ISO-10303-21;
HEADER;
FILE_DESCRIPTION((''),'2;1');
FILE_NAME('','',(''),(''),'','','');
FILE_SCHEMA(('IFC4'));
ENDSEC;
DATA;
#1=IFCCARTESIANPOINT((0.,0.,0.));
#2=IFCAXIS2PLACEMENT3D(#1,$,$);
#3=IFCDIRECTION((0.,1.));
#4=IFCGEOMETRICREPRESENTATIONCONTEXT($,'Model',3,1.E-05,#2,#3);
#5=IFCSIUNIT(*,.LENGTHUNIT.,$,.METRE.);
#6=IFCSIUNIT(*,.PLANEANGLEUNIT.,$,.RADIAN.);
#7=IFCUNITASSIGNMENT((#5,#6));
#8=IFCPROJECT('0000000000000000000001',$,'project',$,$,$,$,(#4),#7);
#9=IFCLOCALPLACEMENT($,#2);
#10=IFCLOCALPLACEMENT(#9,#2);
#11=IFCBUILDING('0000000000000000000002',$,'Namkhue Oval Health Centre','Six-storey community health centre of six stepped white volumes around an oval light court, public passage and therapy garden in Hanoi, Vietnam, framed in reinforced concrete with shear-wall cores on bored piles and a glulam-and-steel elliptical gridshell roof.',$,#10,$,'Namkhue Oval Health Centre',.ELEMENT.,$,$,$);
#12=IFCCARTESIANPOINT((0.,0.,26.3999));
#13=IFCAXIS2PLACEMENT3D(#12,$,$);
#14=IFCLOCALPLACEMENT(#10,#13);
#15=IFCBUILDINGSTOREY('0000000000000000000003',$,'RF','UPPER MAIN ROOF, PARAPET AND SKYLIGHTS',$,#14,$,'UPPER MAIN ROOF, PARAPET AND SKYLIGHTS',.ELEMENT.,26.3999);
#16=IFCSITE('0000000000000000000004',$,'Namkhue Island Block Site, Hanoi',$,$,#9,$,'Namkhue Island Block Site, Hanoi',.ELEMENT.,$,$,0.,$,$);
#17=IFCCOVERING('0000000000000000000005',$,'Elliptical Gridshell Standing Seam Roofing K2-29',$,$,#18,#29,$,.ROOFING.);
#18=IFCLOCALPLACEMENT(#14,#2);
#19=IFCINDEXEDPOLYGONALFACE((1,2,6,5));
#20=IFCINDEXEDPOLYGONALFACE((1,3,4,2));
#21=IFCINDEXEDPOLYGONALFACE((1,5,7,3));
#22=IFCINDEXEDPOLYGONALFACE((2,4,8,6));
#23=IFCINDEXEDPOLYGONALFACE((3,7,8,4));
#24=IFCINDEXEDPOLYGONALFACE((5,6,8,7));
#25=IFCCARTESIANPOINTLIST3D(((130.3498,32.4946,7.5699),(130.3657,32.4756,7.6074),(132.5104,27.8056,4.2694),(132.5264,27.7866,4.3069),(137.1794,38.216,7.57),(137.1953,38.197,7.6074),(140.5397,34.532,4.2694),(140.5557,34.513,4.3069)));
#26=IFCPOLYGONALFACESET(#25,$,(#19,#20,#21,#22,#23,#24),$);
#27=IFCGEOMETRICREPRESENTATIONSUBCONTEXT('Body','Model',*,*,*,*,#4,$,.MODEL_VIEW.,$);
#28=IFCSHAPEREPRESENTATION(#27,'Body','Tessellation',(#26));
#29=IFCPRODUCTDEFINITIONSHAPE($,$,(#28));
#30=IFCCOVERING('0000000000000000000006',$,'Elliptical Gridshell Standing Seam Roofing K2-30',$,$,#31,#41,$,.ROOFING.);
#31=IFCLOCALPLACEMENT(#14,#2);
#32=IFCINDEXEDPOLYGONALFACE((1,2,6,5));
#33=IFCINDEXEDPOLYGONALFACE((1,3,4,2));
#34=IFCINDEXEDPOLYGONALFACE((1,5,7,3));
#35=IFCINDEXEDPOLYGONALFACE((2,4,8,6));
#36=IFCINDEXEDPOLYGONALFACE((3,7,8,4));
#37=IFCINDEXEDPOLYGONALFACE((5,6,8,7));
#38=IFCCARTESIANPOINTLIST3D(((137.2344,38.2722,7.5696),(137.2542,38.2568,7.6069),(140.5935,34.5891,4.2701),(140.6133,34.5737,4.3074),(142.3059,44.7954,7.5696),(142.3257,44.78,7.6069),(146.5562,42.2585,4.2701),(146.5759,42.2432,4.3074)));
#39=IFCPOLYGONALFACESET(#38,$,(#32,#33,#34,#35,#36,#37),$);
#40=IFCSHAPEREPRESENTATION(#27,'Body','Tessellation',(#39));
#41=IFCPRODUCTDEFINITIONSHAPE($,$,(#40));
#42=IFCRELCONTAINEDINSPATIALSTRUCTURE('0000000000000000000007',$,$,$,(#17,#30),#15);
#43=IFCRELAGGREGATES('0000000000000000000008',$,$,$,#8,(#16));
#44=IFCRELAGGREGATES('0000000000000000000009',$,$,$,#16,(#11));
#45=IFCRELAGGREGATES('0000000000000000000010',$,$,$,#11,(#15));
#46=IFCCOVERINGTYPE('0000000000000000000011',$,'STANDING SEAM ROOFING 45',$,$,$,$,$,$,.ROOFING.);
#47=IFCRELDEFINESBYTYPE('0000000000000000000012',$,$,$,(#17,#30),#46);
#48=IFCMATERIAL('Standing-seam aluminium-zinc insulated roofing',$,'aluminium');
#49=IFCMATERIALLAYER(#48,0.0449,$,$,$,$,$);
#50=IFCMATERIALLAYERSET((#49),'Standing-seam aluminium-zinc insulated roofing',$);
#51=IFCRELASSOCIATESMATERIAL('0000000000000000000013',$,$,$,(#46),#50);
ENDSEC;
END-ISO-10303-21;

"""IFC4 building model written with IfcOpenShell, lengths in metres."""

from ifc_helpers import new_model, si_unit, direction, frame, origin, place, context, subcontext, project, spatial, polyline, outline, extrude, material, layer, layer_set, type_object, element, save


model = new_model("IFC4")

# Units and contexts
model_context = context("Model", 3, precision=1e-05, world=origin(), true_north=direction((0.0, 1.0)))
body_context = subcontext(model_context, "Body", "Model", "MODEL_VIEW")
ifc_project = project(units=[si_unit("LENGTHUNIT", "METRE"), si_unit("PLANEANGLEUNIT", "RADIAN")], contexts=[model_context])

# Site, building, storey
site_placement = place(None, origin())
site = spatial("IfcSite", under=ifc_project, at=site_placement, Name="Namkhue Island Block Site, Hanoi", LongName="Namkhue Island Block Site, Hanoi", CompositionType="ELEMENT", RefElevation=0.0)
building_placement = place(site_placement, origin())
building = spatial("IfcBuilding", under=site, at=building_placement, Name="Namkhue Oval Health Centre", Description="Six-storey community health centre of six stepped white volumes around an oval light court, public passage and therapy garden in Hanoi, Vietnam, framed in reinforced concrete with shear-wall cores on bored piles and a glulam-and-steel elliptical gridshell roof.", LongName="Namkhue Oval Health Centre", CompositionType="ELEMENT")
storey_placement = place(building_placement, frame((0.0, 0.0, 26.3999)))
storey = spatial("IfcBuildingStorey", under=building, at=storey_placement, Name="RF", Description="UPPER MAIN ROOF, PARAPET AND SKYLIGHTS", LongName="UPPER MAIN ROOF, PARAPET AND SKYLIGHTS", CompositionType="ELEMENT", Elevation=26.3999)

# Coverings
ifc_material_1 = material(Name="Standing-seam aluminium-zinc insulated roofing", Category="aluminium")
ifc_layer_1 = layer(ifc_material_1, 0.0449)
ifc_layer_set_1 = layer_set([ifc_layer_1], Name="Standing-seam aluminium-zinc insulated roofing")
covering_type_1 = type_object("IfcCoveringType", Name="STANDING SEAM ROOFING 45", PredefinedType="ROOFING", material=ifc_layer_set_1)
covering_1_placement = place(storey_placement, frame((132.5264, 27.7866, 4.3069), z_axis=(0.354667, -0.423366, 0.83365), x_axis=(0.766563, 0.642169, -0.000003)))
element("IfcCovering", 1, at=covering_1_placement, inside=storey, type_object=covering_type_1, Name="Elliptical Gridshell Standing Seam Roofing K2-29", PredefinedType="ROOFING", context=body_context, shape_type="SweptSolid", body=[
    extrude(outline(polyline([(0.0, 0.0), (10.4744, 0.0), (10.2643, 5.9761), (1.3548, 5.976), (0.0, 0.0)])), origin(), (0.0, 0.0, -1.0), 0.0449),
])
covering_2_placement = place(storey_placement, frame((140.6133, 34.5737, 4.3074), z_axis=(0.440184, -0.342224, 0.830133), x_axis=(0.613783, 0.789475, 0.000001)))
element("IfcCovering", 2, at=covering_2_placement, inside=storey, type_object=covering_type_1, Name="Elliptical Gridshell Standing Seam Roofing K2-30", PredefinedType="ROOFING", context=body_context, shape_type="SweptSolid", body=[
    extrude(outline(polyline([(0.0, 0.0), (9.7146, 0.0), (9.1087, 5.9178), (0.8459, 5.9178), (0.0, 0.0)])), origin(), (0.0, 0.0, -1.0), 0.0449),
])

save(model, "model.ifc")
